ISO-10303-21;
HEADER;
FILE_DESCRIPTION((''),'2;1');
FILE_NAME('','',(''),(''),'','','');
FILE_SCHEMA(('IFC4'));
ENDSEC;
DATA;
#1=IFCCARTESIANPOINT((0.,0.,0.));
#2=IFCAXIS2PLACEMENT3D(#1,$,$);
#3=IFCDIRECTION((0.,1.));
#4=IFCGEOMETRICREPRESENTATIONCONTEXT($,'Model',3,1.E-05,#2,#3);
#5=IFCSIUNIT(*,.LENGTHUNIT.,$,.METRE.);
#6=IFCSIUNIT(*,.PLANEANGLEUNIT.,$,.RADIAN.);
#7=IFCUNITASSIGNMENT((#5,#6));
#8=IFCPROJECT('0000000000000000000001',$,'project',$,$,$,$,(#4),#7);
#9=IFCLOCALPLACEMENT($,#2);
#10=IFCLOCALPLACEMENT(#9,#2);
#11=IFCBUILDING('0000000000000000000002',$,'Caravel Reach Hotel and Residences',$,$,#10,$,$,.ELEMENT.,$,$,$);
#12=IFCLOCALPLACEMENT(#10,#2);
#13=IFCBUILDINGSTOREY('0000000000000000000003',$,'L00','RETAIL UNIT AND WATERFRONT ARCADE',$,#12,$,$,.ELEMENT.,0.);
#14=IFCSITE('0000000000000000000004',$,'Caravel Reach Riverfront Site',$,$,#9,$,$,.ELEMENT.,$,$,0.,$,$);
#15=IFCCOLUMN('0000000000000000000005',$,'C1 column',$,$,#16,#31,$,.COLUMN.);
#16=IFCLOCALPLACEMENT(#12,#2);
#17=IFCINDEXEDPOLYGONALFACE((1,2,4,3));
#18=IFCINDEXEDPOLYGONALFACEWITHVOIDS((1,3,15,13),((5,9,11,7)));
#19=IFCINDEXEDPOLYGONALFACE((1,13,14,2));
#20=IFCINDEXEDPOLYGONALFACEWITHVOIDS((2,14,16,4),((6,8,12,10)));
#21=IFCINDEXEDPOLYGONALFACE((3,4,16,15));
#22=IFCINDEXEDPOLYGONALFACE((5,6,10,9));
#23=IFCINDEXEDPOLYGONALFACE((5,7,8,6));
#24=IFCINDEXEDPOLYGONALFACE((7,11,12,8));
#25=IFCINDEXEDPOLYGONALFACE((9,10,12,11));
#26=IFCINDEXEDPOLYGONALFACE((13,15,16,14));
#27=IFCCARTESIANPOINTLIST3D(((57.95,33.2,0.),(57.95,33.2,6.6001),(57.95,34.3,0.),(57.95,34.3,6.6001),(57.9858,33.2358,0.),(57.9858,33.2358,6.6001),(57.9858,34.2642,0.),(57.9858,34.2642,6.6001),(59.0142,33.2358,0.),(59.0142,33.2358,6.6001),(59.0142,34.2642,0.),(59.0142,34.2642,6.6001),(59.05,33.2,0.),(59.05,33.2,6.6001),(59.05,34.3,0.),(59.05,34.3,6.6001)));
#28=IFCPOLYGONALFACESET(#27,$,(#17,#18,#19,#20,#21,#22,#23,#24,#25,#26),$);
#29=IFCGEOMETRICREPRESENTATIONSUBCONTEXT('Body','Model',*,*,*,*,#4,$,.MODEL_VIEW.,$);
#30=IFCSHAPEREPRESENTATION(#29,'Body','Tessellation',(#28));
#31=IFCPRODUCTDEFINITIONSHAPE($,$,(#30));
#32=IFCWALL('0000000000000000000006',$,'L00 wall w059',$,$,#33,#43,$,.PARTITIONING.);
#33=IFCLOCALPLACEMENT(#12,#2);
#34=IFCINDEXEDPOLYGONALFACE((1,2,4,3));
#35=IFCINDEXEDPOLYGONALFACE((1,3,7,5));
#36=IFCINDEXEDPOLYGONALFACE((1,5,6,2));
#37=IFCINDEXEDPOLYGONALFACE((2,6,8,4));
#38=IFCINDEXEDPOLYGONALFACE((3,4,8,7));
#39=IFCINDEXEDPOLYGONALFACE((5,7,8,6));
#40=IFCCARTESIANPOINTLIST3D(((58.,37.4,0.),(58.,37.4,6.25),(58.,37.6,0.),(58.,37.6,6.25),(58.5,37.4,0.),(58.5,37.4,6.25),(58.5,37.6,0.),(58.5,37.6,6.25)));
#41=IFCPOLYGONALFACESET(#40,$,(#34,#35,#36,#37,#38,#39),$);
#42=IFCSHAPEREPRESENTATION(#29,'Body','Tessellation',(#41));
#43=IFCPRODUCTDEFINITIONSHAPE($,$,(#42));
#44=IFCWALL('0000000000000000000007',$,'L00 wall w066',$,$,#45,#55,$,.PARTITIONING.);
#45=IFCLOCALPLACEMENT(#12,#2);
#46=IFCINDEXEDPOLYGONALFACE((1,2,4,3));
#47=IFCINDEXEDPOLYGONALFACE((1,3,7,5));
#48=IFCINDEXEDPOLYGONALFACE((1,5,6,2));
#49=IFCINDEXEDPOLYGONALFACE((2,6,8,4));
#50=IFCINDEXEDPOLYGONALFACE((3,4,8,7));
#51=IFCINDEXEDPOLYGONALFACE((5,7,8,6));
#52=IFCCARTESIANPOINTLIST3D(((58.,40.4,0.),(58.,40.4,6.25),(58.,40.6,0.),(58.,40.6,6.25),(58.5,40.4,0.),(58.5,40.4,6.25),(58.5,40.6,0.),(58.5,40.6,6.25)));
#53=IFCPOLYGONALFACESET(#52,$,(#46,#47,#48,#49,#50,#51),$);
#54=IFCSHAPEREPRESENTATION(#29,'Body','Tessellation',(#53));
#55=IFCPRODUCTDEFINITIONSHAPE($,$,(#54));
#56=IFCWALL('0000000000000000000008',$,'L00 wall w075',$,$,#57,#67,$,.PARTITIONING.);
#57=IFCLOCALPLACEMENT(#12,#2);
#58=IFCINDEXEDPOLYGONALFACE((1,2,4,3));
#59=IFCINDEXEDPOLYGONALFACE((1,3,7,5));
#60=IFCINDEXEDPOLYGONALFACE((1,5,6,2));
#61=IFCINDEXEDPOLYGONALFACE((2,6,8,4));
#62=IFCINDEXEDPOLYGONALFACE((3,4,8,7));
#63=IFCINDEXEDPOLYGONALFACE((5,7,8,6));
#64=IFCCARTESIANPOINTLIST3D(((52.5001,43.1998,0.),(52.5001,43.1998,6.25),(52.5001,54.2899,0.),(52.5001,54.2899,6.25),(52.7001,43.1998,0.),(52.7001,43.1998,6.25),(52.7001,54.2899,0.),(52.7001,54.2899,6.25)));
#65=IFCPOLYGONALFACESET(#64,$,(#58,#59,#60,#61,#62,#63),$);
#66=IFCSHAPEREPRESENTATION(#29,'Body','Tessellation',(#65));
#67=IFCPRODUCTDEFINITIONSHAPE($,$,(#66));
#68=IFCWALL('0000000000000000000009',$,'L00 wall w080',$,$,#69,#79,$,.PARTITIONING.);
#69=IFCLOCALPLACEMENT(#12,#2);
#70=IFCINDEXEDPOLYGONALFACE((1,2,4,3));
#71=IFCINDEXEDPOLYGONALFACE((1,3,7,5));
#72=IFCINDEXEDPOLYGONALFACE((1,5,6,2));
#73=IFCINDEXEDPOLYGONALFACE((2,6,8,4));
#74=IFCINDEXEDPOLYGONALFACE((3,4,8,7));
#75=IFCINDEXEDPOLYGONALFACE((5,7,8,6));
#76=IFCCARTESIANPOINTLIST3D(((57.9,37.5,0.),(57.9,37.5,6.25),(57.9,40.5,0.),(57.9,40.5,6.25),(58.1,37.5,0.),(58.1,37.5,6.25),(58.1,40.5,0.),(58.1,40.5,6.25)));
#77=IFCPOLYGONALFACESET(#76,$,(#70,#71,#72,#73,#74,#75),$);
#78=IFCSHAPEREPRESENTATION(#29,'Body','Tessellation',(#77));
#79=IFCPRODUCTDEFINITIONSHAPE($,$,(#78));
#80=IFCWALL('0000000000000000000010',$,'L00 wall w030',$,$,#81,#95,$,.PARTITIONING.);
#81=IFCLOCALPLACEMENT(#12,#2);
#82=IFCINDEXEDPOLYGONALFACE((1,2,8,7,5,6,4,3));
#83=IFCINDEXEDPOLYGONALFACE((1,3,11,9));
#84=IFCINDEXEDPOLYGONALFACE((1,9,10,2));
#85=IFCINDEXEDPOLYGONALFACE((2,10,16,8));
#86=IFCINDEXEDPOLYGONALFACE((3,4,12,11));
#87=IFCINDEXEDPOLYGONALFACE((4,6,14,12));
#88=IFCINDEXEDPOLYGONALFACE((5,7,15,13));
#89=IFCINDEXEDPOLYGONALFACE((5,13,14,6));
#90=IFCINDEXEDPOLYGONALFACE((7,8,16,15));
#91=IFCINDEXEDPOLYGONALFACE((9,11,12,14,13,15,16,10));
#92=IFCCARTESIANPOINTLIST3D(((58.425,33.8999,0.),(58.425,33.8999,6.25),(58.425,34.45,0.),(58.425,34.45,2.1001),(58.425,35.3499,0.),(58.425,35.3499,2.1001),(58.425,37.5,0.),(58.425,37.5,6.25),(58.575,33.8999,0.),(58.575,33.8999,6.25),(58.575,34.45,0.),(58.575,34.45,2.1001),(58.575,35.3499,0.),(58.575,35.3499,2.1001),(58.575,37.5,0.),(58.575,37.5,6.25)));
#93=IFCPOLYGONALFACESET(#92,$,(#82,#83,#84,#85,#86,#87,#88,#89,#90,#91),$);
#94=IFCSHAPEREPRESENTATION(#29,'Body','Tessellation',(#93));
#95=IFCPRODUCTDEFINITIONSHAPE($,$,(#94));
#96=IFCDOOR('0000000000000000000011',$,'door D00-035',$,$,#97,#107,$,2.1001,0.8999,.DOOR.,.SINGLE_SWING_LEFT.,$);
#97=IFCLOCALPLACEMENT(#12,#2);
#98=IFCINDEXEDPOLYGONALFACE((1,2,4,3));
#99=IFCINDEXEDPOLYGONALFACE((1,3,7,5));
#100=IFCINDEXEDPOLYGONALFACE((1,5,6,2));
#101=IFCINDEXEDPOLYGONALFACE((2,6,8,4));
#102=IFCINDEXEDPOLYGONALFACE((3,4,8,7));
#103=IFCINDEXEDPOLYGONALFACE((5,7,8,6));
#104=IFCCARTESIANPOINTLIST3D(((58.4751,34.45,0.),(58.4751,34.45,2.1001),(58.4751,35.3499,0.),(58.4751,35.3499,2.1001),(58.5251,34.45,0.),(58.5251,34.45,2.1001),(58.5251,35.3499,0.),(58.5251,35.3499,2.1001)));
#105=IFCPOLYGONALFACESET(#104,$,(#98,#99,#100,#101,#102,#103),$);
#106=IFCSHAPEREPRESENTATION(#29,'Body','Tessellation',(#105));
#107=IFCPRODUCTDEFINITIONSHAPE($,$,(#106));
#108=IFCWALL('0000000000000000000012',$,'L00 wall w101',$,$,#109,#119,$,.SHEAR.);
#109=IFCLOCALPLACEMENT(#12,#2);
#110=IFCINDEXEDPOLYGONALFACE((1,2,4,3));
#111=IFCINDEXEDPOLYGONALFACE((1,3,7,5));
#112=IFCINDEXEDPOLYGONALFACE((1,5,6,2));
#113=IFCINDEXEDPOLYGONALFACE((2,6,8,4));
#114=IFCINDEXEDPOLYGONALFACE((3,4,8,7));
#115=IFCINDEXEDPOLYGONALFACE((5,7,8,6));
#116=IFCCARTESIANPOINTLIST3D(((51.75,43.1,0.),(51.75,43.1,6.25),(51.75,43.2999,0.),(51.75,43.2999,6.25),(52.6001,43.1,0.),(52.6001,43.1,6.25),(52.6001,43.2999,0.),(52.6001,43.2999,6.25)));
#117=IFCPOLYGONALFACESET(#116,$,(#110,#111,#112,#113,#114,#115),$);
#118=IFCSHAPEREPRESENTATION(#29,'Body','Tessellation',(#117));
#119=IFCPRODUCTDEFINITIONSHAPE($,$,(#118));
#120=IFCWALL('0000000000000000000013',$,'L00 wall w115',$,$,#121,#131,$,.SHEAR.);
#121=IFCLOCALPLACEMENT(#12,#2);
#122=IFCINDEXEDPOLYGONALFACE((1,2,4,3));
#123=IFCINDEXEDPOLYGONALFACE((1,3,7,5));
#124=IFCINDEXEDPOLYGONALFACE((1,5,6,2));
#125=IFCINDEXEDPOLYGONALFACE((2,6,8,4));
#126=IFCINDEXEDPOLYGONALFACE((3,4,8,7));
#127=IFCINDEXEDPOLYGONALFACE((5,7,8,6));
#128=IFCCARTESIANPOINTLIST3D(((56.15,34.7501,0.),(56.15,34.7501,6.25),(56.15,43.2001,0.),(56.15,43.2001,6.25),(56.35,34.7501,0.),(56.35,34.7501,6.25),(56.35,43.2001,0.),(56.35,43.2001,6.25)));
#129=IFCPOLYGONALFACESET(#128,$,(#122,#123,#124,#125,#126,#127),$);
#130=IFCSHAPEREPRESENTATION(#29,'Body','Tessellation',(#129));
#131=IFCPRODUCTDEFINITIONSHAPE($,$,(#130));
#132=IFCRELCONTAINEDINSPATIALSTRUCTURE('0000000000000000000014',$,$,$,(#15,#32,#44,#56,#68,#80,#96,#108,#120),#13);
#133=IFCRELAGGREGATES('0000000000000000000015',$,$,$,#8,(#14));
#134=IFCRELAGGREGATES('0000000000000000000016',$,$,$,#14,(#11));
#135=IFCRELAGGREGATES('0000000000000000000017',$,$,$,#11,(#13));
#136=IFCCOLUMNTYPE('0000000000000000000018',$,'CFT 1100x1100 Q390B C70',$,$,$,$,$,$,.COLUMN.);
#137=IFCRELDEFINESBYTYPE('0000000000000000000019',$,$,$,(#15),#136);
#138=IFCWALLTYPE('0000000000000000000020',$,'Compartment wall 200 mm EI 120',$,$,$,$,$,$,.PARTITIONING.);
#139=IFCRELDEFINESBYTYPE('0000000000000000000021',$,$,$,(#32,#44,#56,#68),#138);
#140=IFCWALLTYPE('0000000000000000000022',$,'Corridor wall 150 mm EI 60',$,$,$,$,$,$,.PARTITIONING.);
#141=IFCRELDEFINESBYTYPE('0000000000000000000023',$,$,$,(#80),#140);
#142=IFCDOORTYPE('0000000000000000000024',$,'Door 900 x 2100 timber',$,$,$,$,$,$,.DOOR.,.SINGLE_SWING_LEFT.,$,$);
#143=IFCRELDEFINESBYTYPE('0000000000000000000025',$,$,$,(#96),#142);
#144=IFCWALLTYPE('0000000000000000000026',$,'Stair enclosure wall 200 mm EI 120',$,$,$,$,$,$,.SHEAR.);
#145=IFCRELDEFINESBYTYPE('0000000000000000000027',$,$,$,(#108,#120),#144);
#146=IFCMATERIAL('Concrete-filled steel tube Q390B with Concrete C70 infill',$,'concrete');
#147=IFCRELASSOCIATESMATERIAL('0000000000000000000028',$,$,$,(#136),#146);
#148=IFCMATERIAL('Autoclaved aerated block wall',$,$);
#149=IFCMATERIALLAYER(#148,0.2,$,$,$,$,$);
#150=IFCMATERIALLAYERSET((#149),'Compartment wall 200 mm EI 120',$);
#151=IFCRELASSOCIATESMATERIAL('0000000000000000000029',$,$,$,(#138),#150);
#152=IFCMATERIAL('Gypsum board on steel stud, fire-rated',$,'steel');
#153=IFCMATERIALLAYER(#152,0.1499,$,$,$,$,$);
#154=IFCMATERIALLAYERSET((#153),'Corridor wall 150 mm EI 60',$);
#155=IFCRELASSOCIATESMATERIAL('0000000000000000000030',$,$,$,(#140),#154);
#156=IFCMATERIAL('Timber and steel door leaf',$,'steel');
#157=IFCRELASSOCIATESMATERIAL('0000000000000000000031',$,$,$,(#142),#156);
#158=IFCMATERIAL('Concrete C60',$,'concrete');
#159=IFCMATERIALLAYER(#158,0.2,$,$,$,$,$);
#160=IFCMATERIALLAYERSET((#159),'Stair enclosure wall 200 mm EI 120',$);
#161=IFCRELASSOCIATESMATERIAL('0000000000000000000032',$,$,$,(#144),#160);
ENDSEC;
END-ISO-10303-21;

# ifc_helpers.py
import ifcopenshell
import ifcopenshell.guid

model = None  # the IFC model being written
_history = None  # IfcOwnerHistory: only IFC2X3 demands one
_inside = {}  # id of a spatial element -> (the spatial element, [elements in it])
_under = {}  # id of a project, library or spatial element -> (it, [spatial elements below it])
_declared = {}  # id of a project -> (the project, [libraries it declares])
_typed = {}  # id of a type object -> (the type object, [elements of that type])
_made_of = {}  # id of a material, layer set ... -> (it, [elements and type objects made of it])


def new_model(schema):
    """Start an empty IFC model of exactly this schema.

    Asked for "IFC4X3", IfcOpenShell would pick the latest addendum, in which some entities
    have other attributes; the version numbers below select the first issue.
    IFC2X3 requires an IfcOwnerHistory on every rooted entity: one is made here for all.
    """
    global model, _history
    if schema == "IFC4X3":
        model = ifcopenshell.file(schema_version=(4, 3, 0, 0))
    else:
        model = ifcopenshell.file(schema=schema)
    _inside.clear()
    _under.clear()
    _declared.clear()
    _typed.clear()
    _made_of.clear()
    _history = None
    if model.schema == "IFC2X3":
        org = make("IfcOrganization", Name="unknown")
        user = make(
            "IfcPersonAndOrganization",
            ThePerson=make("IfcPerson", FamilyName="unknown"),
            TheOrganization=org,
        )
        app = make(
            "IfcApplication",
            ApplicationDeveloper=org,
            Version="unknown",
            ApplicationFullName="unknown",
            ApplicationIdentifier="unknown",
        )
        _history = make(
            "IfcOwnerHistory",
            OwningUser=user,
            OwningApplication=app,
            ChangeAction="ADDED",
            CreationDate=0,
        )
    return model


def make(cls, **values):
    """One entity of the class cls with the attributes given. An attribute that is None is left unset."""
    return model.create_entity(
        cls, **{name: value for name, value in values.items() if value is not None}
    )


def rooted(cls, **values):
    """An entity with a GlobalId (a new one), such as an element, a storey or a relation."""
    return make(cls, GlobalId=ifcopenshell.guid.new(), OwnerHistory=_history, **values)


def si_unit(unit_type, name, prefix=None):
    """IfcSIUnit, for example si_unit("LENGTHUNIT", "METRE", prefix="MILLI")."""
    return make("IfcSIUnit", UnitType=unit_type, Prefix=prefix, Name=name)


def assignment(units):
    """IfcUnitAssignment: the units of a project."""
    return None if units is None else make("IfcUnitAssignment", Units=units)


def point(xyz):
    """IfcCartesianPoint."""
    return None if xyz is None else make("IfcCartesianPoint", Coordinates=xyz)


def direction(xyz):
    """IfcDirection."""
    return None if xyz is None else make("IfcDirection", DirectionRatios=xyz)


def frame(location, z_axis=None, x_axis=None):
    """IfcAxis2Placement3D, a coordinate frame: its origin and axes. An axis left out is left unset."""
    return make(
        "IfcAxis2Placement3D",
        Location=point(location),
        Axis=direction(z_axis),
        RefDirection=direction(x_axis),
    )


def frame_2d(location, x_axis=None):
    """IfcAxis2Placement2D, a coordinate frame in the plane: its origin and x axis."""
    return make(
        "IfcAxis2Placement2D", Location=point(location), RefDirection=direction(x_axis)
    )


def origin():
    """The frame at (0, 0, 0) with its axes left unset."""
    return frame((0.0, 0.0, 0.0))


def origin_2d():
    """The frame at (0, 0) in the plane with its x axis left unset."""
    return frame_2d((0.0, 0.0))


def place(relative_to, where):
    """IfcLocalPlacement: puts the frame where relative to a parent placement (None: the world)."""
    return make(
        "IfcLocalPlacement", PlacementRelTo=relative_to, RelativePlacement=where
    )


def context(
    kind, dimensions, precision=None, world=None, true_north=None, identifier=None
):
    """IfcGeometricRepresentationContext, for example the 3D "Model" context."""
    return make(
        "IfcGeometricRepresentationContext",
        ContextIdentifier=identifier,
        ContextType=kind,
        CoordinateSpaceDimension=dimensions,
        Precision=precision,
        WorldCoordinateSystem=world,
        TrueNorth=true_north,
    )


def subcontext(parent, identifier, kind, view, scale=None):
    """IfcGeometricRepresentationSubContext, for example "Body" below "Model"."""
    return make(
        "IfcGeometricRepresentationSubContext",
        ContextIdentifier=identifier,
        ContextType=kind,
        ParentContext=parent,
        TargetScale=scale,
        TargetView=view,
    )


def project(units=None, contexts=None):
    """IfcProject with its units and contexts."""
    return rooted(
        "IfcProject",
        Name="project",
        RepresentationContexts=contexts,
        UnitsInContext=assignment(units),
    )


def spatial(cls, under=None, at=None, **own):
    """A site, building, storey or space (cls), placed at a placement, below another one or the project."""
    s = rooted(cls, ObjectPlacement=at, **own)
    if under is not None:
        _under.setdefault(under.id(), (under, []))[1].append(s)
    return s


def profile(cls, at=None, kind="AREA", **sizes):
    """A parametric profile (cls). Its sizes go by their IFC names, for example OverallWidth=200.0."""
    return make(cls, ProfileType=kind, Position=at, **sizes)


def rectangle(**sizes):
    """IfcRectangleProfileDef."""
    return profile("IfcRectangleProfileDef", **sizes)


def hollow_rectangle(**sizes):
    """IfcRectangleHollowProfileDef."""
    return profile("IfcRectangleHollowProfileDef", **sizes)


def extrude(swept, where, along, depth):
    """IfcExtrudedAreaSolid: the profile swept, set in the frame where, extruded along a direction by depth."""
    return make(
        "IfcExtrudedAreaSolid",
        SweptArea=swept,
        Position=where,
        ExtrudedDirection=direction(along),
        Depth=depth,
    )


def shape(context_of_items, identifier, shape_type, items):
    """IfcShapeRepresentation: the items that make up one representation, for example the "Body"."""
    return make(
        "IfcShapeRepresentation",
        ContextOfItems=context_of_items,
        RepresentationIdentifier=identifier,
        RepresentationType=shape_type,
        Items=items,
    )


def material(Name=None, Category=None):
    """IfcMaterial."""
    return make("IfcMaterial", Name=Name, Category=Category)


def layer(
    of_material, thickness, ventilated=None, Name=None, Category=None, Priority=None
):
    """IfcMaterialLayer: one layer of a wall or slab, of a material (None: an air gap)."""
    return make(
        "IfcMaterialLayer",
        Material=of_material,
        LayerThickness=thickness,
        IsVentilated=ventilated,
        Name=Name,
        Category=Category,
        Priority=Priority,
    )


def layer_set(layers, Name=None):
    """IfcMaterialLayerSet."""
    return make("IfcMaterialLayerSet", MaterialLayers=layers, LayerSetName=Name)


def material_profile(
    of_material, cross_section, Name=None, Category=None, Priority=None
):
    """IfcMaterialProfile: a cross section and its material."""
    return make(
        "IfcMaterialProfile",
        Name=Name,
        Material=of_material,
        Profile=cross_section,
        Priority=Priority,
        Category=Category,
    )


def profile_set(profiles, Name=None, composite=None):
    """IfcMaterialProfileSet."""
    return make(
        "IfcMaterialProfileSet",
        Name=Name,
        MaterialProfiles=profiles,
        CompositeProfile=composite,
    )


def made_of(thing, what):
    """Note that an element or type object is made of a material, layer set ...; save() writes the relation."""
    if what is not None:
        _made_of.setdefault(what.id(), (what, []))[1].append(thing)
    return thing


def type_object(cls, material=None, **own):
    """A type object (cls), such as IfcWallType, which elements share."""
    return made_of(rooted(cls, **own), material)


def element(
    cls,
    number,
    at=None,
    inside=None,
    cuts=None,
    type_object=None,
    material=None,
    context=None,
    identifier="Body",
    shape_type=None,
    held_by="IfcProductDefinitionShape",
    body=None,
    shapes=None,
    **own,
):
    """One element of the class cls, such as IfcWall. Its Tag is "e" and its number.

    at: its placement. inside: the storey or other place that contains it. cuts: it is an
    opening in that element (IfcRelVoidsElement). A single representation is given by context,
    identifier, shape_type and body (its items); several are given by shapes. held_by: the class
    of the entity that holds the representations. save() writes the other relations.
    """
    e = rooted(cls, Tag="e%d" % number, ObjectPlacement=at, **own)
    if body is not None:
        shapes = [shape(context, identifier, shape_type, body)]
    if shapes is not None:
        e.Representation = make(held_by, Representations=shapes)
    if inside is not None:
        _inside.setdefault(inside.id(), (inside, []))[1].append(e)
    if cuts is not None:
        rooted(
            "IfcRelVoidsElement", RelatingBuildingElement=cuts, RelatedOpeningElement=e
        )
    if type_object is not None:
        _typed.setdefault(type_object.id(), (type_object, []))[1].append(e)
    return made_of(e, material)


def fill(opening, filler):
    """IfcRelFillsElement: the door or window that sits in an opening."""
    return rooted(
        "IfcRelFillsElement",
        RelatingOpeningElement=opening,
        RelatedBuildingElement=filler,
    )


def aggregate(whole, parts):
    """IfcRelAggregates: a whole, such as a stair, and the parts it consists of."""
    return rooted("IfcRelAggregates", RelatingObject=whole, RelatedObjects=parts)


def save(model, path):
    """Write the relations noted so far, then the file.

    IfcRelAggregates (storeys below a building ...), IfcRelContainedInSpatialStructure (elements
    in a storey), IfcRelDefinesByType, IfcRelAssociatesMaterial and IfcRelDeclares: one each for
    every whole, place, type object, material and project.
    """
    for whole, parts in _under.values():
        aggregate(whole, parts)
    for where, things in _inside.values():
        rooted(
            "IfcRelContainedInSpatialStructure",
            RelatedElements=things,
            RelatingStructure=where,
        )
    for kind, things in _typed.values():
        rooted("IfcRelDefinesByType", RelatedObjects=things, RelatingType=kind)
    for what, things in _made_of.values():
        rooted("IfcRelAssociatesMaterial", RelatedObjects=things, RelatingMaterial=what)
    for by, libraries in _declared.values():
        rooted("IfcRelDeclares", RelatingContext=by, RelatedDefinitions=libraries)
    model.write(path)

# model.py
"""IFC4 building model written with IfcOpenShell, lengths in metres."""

from ifc_helpers import new_model, si_unit, direction, frame, frame_2d, origin, origin_2d, place, context, subcontext, project, spatial, rectangle, hollow_rectangle, extrude, material, layer, layer_set, material_profile, profile_set, type_object, element, fill, save


model = new_model("IFC4")

# Units and contexts
model_context = context("Model", 3, precision=1e-05, world=origin(), true_north=direction((0.0, 1.0)))
body_context = subcontext(model_context, "Body", "Model", "MODEL_VIEW")
ifc_project = project(units=[si_unit("LENGTHUNIT", "METRE"), si_unit("PLANEANGLEUNIT", "RADIAN")], contexts=[model_context])

# Site, building, storey
site_placement = place(None, origin())
site = spatial("IfcSite", under=ifc_project, at=site_placement, Name="Caravel Reach Riverfront Site", CompositionType="ELEMENT", RefElevation=0.0)
building_placement = place(site_placement, origin())
building = spatial("IfcBuilding", under=site, at=building_placement, Name="Caravel Reach Hotel and Residences", CompositionType="ELEMENT")
storey_placement = place(building_placement, origin())
storey = spatial("IfcBuildingStorey", under=building, at=storey_placement, Name="L00", Description="RETAIL UNIT AND WATERFRONT ARCADE", CompositionType="ELEMENT", Elevation=0.0)

# Column
ifc_material_1 = material(Name="Concrete-filled steel tube Q390B with Concrete C70 infill", Category="concrete")
ifc_material_profile = material_profile(ifc_material_1, hollow_rectangle(XDim=1.1001, YDim=1.1001, WallThickness=0.0359, at=origin_2d()), Name="RHS 1100x1100x36")
ifc_profile_set = profile_set([ifc_material_profile], Name="Concrete-filled steel tube Q390B with Concrete C70 infill")
column_type = type_object("IfcColumnType", Name="CFT 1100x1100 Q390B C70", PredefinedType="COLUMN", material=ifc_profile_set)
column_placement = place(storey_placement, frame((58.5, 33.75, 0.0), z_axis=(0.0, 0.0, 1.0), x_axis=(1.0, 0.0, 0.0)))
element("IfcColumn", 1, at=column_placement, inside=storey, type_object=column_type, Name="C1 column", PredefinedType="COLUMN", context=body_context, shape_type="SweptSolid", body=[
    extrude(hollow_rectangle(XDim=1.1001, YDim=1.1001, WallThickness=0.0359, at=origin_2d()), origin(), (0.0, 0.0, 1.0), 6.6001),
])

# Walls
ifc_material_2 = material(Name="Autoclaved aerated block wall")
ifc_layer_1 = layer(ifc_material_2, 0.2)
ifc_layer_set_1 = layer_set([ifc_layer_1], Name="Compartment wall 200 mm EI 120")
wall_type_1 = type_object("IfcWallType", Name="Compartment wall 200 mm EI 120", PredefinedType="PARTITIONING", material=ifc_layer_set_1)
for number, where, z_axis, x_axis, name in (
    (2, (58.0, 37.5, 0.0), (0.0, 0.0, 1.0), (1.0, 0.0, 0.0), "L00 wall w059"),
    (3, (58.0, 40.5, 0.0), (0.0, 0.0, 1.0), (1.0, 0.0, 0.0), "L00 wall w066"),
):
    element("IfcWall", number, at=place(storey_placement, frame(where, z_axis=z_axis, x_axis=x_axis)), inside=storey, type_object=wall_type_1, Name=name, PredefinedType="PARTITIONING", context=body_context, shape_type="SweptSolid", body=[
        extrude(rectangle(XDim=0.5, YDim=0.2, at=frame_2d((0.25, 0.0))), origin(), (0.0, 0.0, 1.0), 6.25),
    ])
wall_1_placement = place(storey_placement, frame((52.6001, 43.2, 0.0), z_axis=(0.0, 0.0, 1.0), x_axis=(0.0, 1.0, 0.0)))
element("IfcWall", 4, at=wall_1_placement, inside=storey, type_object=wall_type_1, Name="L00 wall w075", PredefinedType="PARTITIONING", context=body_context, shape_type="SweptSolid", body=[
    extrude(rectangle(XDim=11.0901, YDim=0.2, at=frame_2d((5.5449, 0.0))), origin(), (0.0, 0.0, 1.0), 6.25),
])
wall_2_placement = place(storey_placement, frame((58.0, 37.5, 0.0), z_axis=(0.0, 0.0, 1.0), x_axis=(0.0, 1.0, 0.0)))
element("IfcWall", 5, at=wall_2_placement, inside=storey, type_object=wall_type_1, Name="L00 wall w080", PredefinedType="PARTITIONING", context=body_context, shape_type="SweptSolid", body=[
    extrude(rectangle(XDim=3.0, YDim=0.2, at=frame_2d((1.5, 0.0))), origin(), (0.0, 0.0, 1.0), 6.25),
])

# Wall, opening, door
ifc_material_3 = material(Name="Gypsum board on steel stud, fire-rated", Category="steel")
ifc_layer_2 = layer(ifc_material_3, 0.1499)
ifc_layer_set_2 = layer_set([ifc_layer_2], Name="Corridor wall 150 mm EI 60")
wall_type_2 = type_object("IfcWallType", Name="Corridor wall 150 mm EI 60", PredefinedType="PARTITIONING", material=ifc_layer_set_2)
wall_3_placement = place(storey_placement, frame((58.5, 33.8999, 0.0), z_axis=(0.0, 0.0, 1.0), x_axis=(0.0, 1.0, 0.0)))
wall_3 = element("IfcWall", 6, at=wall_3_placement, inside=storey, type_object=wall_type_2, Name="L00 wall w030", PredefinedType="PARTITIONING", context=body_context, shape_type="SweptSolid", body=[
    extrude(rectangle(XDim=3.6001, YDim=0.1499, at=frame_2d((1.8, 0.0))), origin(), (0.0, 0.0, 1.0), 6.25),
])
opening_placement = place(wall_3_placement, frame((0.55, 0.0, 0.0)))
opening = element("IfcOpeningElement", 7, at=opening_placement, cuts=wall_3, PredefinedType="OPENING", context=body_context, shape_type="SweptSolid", body=[
    extrude(rectangle(XDim=0.8999, YDim=2.1001, at=frame_2d((0.45, 1.05))), frame((0.0, 0.085, 0.0), z_axis=(0.0, -1.0, 0.0), x_axis=(1.0, 0.0, 0.0)), (0.0, 0.0, 1.0), 0.1699),
])
ifc_material_4 = material(Name="Timber and steel door leaf", Category="steel")
door_type = type_object("IfcDoorType", Name="Door 900 x 2100 timber", OperationType="SINGLE_SWING_LEFT", PredefinedType="DOOR", material=ifc_material_4)
door_placement = place(opening_placement, origin())
door = element("IfcDoor", 8, at=door_placement, inside=storey, type_object=door_type, Name="door D00-035", OperationType="SINGLE_SWING_LEFT", OverallHeight=2.1001, OverallWidth=0.8999, PredefinedType="DOOR", context=body_context, shape_type="SweptSolid", body=[
    extrude(rectangle(XDim=0.8999, YDim=2.1001, at=frame_2d((0.45, 1.05))), frame((0.0, 0.0249, 0.0), z_axis=(0.0, -1.0, 0.0), x_axis=(1.0, 0.0, 0.0)), (0.0, 0.0, 1.0), 0.05),
])
fill(opening, door)

# Walls
ifc_material_5 = material(Name="Concrete C60", Category="concrete")
ifc_layer_3 = layer(ifc_material_5, 0.2)
ifc_layer_set_3 = layer_set([ifc_layer_3], Name="Stair enclosure wall 200 mm EI 120")
wall_type_3 = type_object("IfcWallType", Name="Stair enclosure wall 200 mm EI 120", PredefinedType="SHEAR", material=ifc_layer_set_3)
wall_4_placement = place(storey_placement, frame((51.75, 43.2, 0.0), z_axis=(0.0, 0.0, 1.0), x_axis=(1.0, 0.0, 0.0)))
element("IfcWall", 9, at=wall_4_placement, inside=storey, type_object=wall_type_3, Name="L00 wall w101", PredefinedType="SHEAR", context=body_context, shape_type="SweptSolid", body=[
    extrude(rectangle(XDim=0.8501, YDim=0.2, at=frame_2d((0.425, 0.0))), origin(), (0.0, 0.0, 1.0), 6.25),
])
wall_5_placement = place(storey_placement, frame((56.25, 34.75, 0.0), z_axis=(0.0, 0.0, 1.0), x_axis=(0.0, 1.0, 0.0)))
element("IfcWall", 10, at=wall_5_placement, inside=storey, type_object=wall_type_3, Name="L00 wall w115", PredefinedType="SHEAR", context=body_context, shape_type="SweptSolid", body=[
    extrude(rectangle(XDim=8.45, YDim=0.2, at=frame_2d((4.2251, 0.0))), origin(), (0.0, 0.0, 1.0), 6.25),
])

save(model, "model.ifc")
